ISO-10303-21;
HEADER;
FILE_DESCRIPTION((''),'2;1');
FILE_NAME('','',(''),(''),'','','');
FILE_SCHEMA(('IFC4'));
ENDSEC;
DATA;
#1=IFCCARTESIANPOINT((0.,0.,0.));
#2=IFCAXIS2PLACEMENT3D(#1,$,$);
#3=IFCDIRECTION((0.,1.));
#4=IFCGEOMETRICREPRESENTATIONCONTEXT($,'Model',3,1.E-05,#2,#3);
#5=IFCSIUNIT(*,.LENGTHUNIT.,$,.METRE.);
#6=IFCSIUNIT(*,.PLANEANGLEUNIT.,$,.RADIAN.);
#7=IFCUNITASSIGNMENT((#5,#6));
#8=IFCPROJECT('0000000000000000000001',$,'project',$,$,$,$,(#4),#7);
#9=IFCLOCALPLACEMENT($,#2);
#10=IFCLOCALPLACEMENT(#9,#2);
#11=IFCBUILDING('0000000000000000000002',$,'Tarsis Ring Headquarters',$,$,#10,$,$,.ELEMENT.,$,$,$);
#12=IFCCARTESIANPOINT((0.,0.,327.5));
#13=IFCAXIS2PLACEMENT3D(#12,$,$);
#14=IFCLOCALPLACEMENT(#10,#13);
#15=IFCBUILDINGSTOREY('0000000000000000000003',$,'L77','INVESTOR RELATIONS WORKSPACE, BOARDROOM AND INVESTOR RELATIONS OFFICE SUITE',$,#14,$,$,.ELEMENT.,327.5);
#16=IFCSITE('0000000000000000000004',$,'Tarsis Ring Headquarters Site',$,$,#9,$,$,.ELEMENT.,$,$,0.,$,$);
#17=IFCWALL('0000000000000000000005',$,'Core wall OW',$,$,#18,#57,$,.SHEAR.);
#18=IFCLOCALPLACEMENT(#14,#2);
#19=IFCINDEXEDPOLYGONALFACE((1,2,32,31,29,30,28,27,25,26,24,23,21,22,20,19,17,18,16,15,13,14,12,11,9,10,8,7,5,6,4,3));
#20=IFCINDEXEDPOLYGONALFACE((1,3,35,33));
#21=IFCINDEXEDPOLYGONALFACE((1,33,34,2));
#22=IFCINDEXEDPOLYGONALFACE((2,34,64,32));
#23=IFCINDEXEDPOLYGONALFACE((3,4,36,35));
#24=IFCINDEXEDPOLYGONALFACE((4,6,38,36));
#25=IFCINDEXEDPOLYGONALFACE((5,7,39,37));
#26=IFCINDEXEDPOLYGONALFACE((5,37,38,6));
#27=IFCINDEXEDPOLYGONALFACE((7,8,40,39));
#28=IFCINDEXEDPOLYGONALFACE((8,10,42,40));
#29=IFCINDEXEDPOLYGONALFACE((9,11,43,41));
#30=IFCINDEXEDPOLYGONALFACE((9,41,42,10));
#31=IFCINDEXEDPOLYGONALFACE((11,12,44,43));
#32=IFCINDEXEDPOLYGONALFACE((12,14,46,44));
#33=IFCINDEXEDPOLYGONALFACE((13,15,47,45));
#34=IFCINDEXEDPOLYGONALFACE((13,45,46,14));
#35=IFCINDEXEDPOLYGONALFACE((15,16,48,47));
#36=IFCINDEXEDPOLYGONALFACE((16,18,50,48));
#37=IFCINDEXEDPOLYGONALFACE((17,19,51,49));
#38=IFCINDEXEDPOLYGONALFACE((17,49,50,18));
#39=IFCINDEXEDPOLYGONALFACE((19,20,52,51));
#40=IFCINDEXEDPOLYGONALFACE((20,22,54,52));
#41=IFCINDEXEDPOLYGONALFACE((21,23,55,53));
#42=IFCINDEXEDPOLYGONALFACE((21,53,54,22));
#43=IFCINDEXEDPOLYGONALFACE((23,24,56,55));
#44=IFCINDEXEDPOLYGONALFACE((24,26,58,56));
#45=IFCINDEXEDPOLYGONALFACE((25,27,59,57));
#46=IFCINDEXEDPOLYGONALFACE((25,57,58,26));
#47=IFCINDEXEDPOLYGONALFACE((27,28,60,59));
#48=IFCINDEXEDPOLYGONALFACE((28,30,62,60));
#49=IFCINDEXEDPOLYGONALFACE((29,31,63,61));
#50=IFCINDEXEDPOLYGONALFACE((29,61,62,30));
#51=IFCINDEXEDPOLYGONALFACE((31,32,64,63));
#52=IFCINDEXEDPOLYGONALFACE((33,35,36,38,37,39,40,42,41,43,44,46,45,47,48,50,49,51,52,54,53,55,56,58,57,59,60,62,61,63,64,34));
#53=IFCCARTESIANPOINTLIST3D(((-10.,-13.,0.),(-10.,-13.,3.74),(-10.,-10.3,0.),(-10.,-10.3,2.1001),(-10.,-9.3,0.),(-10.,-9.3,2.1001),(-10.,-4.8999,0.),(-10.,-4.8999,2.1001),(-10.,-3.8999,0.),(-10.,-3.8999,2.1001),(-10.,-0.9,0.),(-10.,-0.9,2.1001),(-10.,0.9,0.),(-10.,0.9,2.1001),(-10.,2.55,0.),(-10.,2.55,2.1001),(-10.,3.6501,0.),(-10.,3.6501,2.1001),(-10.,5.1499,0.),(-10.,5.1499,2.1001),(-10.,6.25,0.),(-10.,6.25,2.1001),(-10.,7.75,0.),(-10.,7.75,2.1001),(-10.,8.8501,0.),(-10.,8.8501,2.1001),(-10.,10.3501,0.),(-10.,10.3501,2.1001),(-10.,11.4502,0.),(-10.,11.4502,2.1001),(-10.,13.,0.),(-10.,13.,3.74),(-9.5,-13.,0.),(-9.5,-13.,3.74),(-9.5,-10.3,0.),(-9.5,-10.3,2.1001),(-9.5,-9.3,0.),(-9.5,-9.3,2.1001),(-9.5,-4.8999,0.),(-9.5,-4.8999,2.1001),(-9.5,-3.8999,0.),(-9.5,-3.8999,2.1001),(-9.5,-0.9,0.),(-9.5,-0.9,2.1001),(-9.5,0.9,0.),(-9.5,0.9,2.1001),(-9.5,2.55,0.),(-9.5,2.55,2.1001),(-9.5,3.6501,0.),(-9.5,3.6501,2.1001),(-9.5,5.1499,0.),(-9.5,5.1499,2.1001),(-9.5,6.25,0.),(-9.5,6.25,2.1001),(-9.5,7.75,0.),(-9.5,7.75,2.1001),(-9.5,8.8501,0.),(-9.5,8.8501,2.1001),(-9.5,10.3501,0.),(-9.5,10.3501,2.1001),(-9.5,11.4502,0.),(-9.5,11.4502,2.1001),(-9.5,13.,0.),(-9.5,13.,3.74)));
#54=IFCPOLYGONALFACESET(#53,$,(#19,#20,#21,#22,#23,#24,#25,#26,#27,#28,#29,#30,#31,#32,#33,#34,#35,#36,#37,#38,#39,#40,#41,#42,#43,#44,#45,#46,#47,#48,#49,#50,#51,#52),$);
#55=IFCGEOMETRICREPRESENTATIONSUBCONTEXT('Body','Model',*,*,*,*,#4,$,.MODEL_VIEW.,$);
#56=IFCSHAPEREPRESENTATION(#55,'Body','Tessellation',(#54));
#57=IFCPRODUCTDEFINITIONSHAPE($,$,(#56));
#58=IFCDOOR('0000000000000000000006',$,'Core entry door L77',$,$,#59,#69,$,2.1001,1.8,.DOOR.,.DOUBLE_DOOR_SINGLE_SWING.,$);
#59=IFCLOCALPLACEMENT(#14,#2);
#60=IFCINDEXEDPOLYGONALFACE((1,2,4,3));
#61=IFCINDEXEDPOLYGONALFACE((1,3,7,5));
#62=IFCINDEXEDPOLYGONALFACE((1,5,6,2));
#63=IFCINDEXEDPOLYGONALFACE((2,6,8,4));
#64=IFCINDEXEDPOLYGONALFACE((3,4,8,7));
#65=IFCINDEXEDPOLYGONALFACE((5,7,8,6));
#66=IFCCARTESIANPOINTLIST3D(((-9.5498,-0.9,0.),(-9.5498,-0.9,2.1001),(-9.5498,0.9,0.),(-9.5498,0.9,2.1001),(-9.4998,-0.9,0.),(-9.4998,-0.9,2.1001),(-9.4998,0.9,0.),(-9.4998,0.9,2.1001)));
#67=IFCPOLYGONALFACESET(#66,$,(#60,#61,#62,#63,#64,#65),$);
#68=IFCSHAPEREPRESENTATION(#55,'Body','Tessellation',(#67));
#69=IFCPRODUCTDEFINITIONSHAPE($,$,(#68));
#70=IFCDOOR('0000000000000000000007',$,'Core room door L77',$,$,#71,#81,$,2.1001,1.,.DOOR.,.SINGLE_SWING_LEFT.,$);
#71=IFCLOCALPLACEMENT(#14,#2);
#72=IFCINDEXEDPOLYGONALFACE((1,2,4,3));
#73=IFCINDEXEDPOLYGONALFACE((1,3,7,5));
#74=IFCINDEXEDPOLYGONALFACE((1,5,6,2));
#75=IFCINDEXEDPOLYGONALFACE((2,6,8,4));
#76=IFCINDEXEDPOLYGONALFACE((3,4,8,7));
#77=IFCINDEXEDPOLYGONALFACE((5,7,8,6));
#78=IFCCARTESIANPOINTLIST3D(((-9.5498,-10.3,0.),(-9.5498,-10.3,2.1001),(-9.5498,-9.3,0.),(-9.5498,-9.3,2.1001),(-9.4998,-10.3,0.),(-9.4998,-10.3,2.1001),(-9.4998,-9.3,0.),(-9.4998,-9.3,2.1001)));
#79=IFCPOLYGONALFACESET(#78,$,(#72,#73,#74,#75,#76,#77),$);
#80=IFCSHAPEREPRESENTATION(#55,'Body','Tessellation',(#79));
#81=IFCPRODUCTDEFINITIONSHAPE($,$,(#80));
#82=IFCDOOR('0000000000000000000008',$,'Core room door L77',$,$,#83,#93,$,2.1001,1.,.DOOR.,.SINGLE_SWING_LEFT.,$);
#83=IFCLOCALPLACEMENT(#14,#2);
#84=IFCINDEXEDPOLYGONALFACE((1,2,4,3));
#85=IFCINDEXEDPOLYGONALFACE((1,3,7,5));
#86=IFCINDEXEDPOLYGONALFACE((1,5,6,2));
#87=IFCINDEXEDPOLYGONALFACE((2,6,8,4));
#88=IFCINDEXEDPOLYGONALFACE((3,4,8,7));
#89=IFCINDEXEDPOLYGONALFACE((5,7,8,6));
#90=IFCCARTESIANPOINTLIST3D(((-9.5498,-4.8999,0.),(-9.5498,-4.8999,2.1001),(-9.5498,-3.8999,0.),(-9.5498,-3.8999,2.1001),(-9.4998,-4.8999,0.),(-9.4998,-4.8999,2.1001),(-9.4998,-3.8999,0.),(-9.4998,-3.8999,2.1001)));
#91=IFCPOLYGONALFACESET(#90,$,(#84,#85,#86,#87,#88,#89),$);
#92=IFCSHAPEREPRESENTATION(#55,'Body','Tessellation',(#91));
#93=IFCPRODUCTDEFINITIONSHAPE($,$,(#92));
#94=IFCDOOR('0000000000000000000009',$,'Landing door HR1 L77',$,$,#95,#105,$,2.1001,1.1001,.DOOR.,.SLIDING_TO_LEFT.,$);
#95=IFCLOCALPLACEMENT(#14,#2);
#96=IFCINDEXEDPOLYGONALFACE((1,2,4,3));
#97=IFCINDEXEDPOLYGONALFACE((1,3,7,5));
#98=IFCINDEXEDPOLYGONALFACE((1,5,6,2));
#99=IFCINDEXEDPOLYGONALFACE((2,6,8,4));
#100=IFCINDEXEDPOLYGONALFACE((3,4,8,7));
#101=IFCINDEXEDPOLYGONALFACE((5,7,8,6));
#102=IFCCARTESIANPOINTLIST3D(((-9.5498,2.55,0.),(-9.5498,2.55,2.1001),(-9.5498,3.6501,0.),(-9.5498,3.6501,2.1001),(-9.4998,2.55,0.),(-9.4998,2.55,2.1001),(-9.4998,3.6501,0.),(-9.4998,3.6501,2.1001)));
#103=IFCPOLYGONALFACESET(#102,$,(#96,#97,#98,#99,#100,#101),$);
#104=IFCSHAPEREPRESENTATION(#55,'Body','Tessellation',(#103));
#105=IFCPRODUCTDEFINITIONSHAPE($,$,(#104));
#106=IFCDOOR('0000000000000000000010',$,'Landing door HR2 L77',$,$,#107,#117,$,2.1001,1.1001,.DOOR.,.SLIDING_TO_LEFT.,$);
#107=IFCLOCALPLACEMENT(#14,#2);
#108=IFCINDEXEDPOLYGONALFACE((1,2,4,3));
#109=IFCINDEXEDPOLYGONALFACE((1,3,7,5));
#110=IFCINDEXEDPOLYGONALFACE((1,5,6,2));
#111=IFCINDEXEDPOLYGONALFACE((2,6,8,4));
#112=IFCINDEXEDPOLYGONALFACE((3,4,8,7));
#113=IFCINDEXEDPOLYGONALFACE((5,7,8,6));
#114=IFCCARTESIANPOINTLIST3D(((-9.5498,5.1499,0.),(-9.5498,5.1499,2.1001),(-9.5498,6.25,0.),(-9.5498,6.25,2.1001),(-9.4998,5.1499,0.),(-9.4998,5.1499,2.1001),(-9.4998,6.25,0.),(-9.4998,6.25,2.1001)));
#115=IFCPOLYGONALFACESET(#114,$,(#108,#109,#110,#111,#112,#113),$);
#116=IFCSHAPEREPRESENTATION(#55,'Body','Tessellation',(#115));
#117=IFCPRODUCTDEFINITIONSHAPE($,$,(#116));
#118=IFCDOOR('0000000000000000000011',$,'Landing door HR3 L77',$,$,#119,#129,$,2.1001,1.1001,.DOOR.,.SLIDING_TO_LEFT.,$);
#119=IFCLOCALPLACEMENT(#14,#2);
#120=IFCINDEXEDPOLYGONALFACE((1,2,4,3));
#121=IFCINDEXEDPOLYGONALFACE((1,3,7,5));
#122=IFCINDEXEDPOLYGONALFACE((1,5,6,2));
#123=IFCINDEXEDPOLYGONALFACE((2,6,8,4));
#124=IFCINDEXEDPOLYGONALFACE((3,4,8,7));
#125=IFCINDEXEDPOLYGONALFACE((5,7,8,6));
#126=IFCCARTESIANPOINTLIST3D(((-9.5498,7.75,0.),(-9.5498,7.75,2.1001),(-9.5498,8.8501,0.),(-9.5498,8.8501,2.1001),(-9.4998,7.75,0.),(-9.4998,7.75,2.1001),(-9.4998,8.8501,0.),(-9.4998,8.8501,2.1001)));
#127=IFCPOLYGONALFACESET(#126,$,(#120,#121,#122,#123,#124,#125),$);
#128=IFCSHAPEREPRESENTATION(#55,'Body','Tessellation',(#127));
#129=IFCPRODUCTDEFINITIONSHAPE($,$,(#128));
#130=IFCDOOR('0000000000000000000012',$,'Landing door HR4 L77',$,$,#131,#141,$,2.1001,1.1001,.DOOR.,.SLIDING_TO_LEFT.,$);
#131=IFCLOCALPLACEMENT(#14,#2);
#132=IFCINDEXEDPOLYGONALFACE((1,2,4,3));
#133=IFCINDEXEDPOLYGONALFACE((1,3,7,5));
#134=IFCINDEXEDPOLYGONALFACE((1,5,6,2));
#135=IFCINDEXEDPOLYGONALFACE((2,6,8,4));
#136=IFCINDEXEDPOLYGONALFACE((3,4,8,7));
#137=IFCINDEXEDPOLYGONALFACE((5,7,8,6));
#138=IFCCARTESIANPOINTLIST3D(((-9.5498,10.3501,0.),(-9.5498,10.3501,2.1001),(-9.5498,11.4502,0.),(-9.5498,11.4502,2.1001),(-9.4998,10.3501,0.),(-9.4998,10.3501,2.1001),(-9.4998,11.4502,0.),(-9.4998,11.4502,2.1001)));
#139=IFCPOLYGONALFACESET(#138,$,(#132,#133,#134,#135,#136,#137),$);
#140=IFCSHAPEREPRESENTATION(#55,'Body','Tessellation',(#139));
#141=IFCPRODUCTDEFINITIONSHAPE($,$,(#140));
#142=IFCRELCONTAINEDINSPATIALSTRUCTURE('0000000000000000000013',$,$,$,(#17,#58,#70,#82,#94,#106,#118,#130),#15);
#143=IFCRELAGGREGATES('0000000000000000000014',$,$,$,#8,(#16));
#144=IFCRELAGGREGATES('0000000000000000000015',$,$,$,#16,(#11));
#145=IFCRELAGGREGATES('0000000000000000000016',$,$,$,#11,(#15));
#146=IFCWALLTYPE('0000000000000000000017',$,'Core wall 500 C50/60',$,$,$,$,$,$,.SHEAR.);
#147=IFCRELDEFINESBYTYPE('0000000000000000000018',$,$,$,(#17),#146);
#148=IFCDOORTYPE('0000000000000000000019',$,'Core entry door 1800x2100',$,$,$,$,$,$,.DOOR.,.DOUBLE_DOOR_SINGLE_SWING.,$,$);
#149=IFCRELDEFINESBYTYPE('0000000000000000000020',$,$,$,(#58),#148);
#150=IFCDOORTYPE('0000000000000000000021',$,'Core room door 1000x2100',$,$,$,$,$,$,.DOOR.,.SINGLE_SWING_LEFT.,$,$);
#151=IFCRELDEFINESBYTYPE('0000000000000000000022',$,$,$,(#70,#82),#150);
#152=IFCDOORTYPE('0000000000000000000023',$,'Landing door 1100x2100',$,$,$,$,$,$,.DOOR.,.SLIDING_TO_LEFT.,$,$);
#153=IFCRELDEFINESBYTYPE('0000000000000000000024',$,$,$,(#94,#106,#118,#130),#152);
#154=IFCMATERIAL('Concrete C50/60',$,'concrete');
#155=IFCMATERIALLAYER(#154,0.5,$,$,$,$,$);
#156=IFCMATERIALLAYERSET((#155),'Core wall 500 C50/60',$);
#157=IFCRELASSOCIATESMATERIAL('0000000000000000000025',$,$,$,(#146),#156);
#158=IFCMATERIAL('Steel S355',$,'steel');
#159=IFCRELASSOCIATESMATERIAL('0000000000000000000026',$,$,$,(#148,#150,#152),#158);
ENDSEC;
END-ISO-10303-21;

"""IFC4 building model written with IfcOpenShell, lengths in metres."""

from ifc_helpers import new_model, si_unit, direction, frame, frame_2d, origin, place, context, subcontext, project, spatial, rectangle, extrude, material, layer, layer_set, type_object, element, fill, save


model = new_model("IFC4")

# Units and contexts
model_context = context("Model", 3, precision=1e-05, world=origin(), true_north=direction((0.0, 1.0)))
body_context = subcontext(model_context, "Body", "Model", "MODEL_VIEW")
ifc_project = project(units=[si_unit("LENGTHUNIT", "METRE"), si_unit("PLANEANGLEUNIT", "RADIAN")], contexts=[model_context])

# Site, building, storey
site_placement = place(None, origin())
site = spatial("IfcSite", under=ifc_project, at=site_placement, Name="Tarsis Ring Headquarters Site", CompositionType="ELEMENT", RefElevation=0.0)
building_placement = place(site_placement, origin())
building = spatial("IfcBuilding", under=site, at=building_placement, Name="Tarsis Ring Headquarters", CompositionType="ELEMENT")
storey_placement = place(building_placement, frame((0.0, 0.0, 327.5)))
storey = spatial("IfcBuildingStorey", under=building, at=storey_placement, Name="L77", Description="INVESTOR RELATIONS WORKSPACE, BOARDROOM AND INVESTOR RELATIONS OFFICE SUITE", CompositionType="ELEMENT", Elevation=327.5)

# Wall, openings, doors
ifc_material_1 = material(Name="Concrete C50/60", Category="concrete")
ifc_layer = layer(ifc_material_1, 0.5)
ifc_layer_set = layer_set([ifc_layer], Name="Core wall 500 C50/60")
wall_type = type_object("IfcWallType", Name="Core wall 500 C50/60", PredefinedType="SHEAR", material=ifc_layer_set)
wall_1_placement = place(storey_placement, frame((-9.75, -13.0, 0.0), z_axis=(0.0, 0.0, 1.0), x_axis=(0.0, 1.0, 0.0)))
wall_1 = element("IfcWall", 1, at=wall_1_placement, inside=storey, type_object=wall_type, Name="Core wall OW", PredefinedType="SHEAR", context=body_context, shape_type="SweptSolid", body=[
    extrude(rectangle(XDim=26.0, YDim=0.5, at=frame_2d((13.0, 0.0))), origin(), (0.0, 0.0, 1.0), 3.74),
])
opening_1_placement = place(wall_1_placement, frame((2.7, 0.0, 0.0)))
opening_1 = element("IfcOpeningElement", 2, at=opening_1_placement, cuts=wall_1, PredefinedType="OPENING", context=body_context, shape_type="SweptSolid", body=[
    extrude(rectangle(XDim=1.0, YDim=2.1001, at=frame_2d((0.5, 1.05))), frame((0.0, 0.26, 0.0), z_axis=(0.0, -1.0, 0.0), x_axis=(1.0, 0.0, 0.0)), (0.0, 0.0, 1.0), 0.52),
])
opening_2_placement = place(wall_1_placement, frame((8.1001, 0.0, 0.0)))
opening_2 = element("IfcOpeningElement", 3, at=opening_2_placement, cuts=wall_1, PredefinedType="OPENING", context=body_context, shape_type="SweptSolid", body=[
    extrude(rectangle(XDim=1.0, YDim=2.1001, at=frame_2d((0.5, 1.05))), frame((0.0, 0.26, 0.0), z_axis=(0.0, -1.0, 0.0), x_axis=(1.0, 0.0, 0.0)), (0.0, 0.0, 1.0), 0.52),
])
opening_3_placement = place(wall_1_placement, frame((12.1001, 0.0, 0.0)))
opening_3 = element("IfcOpeningElement", 4, at=opening_3_placement, cuts=wall_1, PredefinedType="OPENING", context=body_context, shape_type="SweptSolid", body=[
    extrude(rectangle(XDim=1.8, YDim=2.1001, at=frame_2d((0.8999, 1.05))), frame((0.0, 0.26, 0.0), z_axis=(0.0, -1.0, 0.0), x_axis=(1.0, 0.0, 0.0)), (0.0, 0.0, 1.0), 0.52),
])
opening_4_placement = place(wall_1_placement, frame((15.55, 0.0, 0.0)))
opening_4 = element("IfcOpeningElement", 5, at=opening_4_placement, cuts=wall_1, PredefinedType="OPENING", context=body_context, shape_type="SweptSolid", body=[
    extrude(rectangle(XDim=1.1001, YDim=2.1001, at=frame_2d((0.55, 1.05))), frame((0.0, 0.26, 0.0), z_axis=(0.0, -1.0, 0.0), x_axis=(1.0, 0.0, 0.0)), (0.0, 0.0, 1.0), 0.52),
])
opening_5_placement = place(wall_1_placement, frame((18.1499, 0.0, 0.0)))
opening_5 = element("IfcOpeningElement", 6, at=opening_5_placement, cuts=wall_1, PredefinedType="OPENING", context=body_context, shape_type="SweptSolid", body=[
    extrude(rectangle(XDim=1.1001, YDim=2.1001, at=frame_2d((0.55, 1.05))), frame((0.0, 0.26, 0.0), z_axis=(0.0, -1.0, 0.0), x_axis=(1.0, 0.0, 0.0)), (0.0, 0.0, 1.0), 0.52),
])
opening_6_placement = place(wall_1_placement, frame((20.75, 0.0, 0.0)))
opening_6 = element("IfcOpeningElement", 7, at=opening_6_placement, cuts=wall_1, PredefinedType="OPENING", context=body_context, shape_type="SweptSolid", body=[
    extrude(rectangle(XDim=1.1001, YDim=2.1001, at=frame_2d((0.55, 1.05))), frame((0.0, 0.26, 0.0), z_axis=(0.0, -1.0, 0.0), x_axis=(1.0, 0.0, 0.0)), (0.0, 0.0, 1.0), 0.52),
])
opening_7_placement = place(wall_1_placement, frame((23.3501, 0.0, 0.0)))
opening_7 = element("IfcOpeningElement", 8, at=opening_7_placement, cuts=wall_1, PredefinedType="OPENING", context=body_context, shape_type="SweptSolid", body=[
    extrude(rectangle(XDim=1.1001, YDim=2.1001, at=frame_2d((0.55, 1.05))), frame((0.0, 0.26, 0.0), z_axis=(0.0, -1.0, 0.0), x_axis=(1.0, 0.0, 0.0)), (0.0, 0.0, 1.0), 0.52),
])
ifc_material_2 = material(Name="Steel S355", Category="steel")
door_type_1 = type_object("IfcDoorType", Name="Core entry door 1800x2100", OperationType="DOUBLE_DOOR_SINGLE_SWING", PredefinedType="DOOR", material=ifc_material_2)
door_1_placement = place(opening_3_placement, origin())
door_1 = element("IfcDoor", 9, at=door_1_placement, inside=storey, type_object=door_type_1, Name="Core entry door L77", OperationType="DOUBLE_DOOR_SINGLE_SWING", OverallHeight=2.1001, OverallWidth=1.8, PredefinedType="DOOR", context=body_context, shape_type="SweptSolid", body=[
    extrude(rectangle(XDim=1.8, YDim=2.1001, at=frame_2d((0.8999, 1.05))), frame((0.0, -0.2002, 0.0), z_axis=(0.0, -1.0, 0.0), x_axis=(1.0, 0.0, 0.0)), (0.0, 0.0, 1.0), 0.05),
])
fill(opening_3, door_1)
door_type_2 = type_object("IfcDoorType", Name="Core room door 1000x2100", OperationType="SINGLE_SWING_LEFT", PredefinedType="DOOR", material=ifc_material_2)
door_2_placement = place(opening_1_placement, origin())
door_2 = element("IfcDoor", 10, at=door_2_placement, inside=storey, type_object=door_type_2, Name="Core room door L77", OperationType="SINGLE_SWING_LEFT", OverallHeight=2.1001, OverallWidth=1.0, PredefinedType="DOOR", context=body_context, shape_type="SweptSolid", body=[
    extrude(rectangle(XDim=1.0, YDim=2.1001, at=frame_2d((0.5, 1.05))), frame((0.0, -0.2002, 0.0), z_axis=(0.0, -1.0, 0.0), x_axis=(1.0, 0.0, 0.0)), (0.0, 0.0, 1.0), 0.05),
])
fill(opening_1, door_2)
door_3_placement = place(opening_2_placement, origin())
door_3 = element("IfcDoor", 11, at=door_3_placement, inside=storey, type_object=door_type_2, Name="Core room door L77", OperationType="SINGLE_SWING_LEFT", OverallHeight=2.1001, OverallWidth=1.0, PredefinedType="DOOR", context=body_context, shape_type="SweptSolid", body=[
    extrude(rectangle(XDim=1.0, YDim=2.1001, at=frame_2d((0.5, 1.05))), frame((0.0, -0.2002, 0.0), z_axis=(0.0, -1.0, 0.0), x_axis=(1.0, 0.0, 0.0)), (0.0, 0.0, 1.0), 0.05),
])
fill(opening_2, door_3)
door_type_3 = type_object("IfcDoorType", Name="Landing door 1100x2100", OperationType="SLIDING_TO_LEFT", PredefinedType="DOOR", material=ifc_material_2)
door_4_placement = place(opening_4_placement, origin())
door_4 = element("IfcDoor", 12, at=door_4_placement, inside=storey, type_object=door_type_3, Name="Landing door HR1 L77", OperationType="SLIDING_TO_LEFT", OverallHeight=2.1001, OverallWidth=1.1001, PredefinedType="DOOR", context=body_context, shape_type="SweptSolid", body=[
    extrude(rectangle(XDim=1.1001, YDim=2.1001, at=frame_2d((0.55, 1.05))), frame((0.0, -0.2002, 0.0), z_axis=(0.0, -1.0, 0.0), x_axis=(1.0, 0.0, 0.0)), (0.0, 0.0, 1.0), 0.05),
])
fill(opening_4, door_4)
door_5_placement = place(opening_5_placement, origin())
door_5 = element("IfcDoor", 13, at=door_5_placement, inside=storey, type_object=door_type_3, Name="Landing door HR2 L77", OperationType="SLIDING_TO_LEFT", OverallHeight=2.1001, OverallWidth=1.1001, PredefinedType="DOOR", context=body_context, shape_type="SweptSolid", body=[
    extrude(rectangle(XDim=1.1001, YDim=2.1001, at=frame_2d((0.55, 1.05))), frame((0.0, -0.2002, 0.0), z_axis=(0.0, -1.0, 0.0), x_axis=(1.0, 0.0, 0.0)), (0.0, 0.0, 1.0), 0.05),
])
fill(opening_5, door_5)
door_6_placement = place(opening_6_placement, origin())
door_6 = element("IfcDoor", 14, at=door_6_placement, inside=storey, type_object=door_type_3, Name="Landing door HR3 L77", OperationType="SLIDING_TO_LEFT", OverallHeight=2.1001, OverallWidth=1.1001, PredefinedType="DOOR", context=body_context, shape_type="SweptSolid", body=[
    extrude(rectangle(XDim=1.1001, YDim=2.1001, at=frame_2d((0.55, 1.05))), frame((0.0, -0.2002, 0.0), z_axis=(0.0, -1.0, 0.0), x_axis=(1.0, 0.0, 0.0)), (0.0, 0.0, 1.0), 0.05),
])
fill(opening_6, door_6)
door_7_placement = place(opening_7_placement, origin())
door_7 = element("IfcDoor", 15, at=door_7_placement, inside=storey, type_object=door_type_3, Name="Landing door HR4 L77", OperationType="SLIDING_TO_LEFT", OverallHeight=2.1001, OverallWidth=1.1001, PredefinedType="DOOR", context=body_context, shape_type="SweptSolid", body=[
    extrude(rectangle(XDim=1.1001, YDim=2.1001, at=frame_2d((0.55, 1.05))), frame((0.0, -0.2002, 0.0), z_axis=(0.0, -1.0, 0.0), x_axis=(1.0, 0.0, 0.0)), (0.0, 0.0, 1.0), 0.05),
])
fill(opening_7, door_7)

save(model, "model.ifc")
